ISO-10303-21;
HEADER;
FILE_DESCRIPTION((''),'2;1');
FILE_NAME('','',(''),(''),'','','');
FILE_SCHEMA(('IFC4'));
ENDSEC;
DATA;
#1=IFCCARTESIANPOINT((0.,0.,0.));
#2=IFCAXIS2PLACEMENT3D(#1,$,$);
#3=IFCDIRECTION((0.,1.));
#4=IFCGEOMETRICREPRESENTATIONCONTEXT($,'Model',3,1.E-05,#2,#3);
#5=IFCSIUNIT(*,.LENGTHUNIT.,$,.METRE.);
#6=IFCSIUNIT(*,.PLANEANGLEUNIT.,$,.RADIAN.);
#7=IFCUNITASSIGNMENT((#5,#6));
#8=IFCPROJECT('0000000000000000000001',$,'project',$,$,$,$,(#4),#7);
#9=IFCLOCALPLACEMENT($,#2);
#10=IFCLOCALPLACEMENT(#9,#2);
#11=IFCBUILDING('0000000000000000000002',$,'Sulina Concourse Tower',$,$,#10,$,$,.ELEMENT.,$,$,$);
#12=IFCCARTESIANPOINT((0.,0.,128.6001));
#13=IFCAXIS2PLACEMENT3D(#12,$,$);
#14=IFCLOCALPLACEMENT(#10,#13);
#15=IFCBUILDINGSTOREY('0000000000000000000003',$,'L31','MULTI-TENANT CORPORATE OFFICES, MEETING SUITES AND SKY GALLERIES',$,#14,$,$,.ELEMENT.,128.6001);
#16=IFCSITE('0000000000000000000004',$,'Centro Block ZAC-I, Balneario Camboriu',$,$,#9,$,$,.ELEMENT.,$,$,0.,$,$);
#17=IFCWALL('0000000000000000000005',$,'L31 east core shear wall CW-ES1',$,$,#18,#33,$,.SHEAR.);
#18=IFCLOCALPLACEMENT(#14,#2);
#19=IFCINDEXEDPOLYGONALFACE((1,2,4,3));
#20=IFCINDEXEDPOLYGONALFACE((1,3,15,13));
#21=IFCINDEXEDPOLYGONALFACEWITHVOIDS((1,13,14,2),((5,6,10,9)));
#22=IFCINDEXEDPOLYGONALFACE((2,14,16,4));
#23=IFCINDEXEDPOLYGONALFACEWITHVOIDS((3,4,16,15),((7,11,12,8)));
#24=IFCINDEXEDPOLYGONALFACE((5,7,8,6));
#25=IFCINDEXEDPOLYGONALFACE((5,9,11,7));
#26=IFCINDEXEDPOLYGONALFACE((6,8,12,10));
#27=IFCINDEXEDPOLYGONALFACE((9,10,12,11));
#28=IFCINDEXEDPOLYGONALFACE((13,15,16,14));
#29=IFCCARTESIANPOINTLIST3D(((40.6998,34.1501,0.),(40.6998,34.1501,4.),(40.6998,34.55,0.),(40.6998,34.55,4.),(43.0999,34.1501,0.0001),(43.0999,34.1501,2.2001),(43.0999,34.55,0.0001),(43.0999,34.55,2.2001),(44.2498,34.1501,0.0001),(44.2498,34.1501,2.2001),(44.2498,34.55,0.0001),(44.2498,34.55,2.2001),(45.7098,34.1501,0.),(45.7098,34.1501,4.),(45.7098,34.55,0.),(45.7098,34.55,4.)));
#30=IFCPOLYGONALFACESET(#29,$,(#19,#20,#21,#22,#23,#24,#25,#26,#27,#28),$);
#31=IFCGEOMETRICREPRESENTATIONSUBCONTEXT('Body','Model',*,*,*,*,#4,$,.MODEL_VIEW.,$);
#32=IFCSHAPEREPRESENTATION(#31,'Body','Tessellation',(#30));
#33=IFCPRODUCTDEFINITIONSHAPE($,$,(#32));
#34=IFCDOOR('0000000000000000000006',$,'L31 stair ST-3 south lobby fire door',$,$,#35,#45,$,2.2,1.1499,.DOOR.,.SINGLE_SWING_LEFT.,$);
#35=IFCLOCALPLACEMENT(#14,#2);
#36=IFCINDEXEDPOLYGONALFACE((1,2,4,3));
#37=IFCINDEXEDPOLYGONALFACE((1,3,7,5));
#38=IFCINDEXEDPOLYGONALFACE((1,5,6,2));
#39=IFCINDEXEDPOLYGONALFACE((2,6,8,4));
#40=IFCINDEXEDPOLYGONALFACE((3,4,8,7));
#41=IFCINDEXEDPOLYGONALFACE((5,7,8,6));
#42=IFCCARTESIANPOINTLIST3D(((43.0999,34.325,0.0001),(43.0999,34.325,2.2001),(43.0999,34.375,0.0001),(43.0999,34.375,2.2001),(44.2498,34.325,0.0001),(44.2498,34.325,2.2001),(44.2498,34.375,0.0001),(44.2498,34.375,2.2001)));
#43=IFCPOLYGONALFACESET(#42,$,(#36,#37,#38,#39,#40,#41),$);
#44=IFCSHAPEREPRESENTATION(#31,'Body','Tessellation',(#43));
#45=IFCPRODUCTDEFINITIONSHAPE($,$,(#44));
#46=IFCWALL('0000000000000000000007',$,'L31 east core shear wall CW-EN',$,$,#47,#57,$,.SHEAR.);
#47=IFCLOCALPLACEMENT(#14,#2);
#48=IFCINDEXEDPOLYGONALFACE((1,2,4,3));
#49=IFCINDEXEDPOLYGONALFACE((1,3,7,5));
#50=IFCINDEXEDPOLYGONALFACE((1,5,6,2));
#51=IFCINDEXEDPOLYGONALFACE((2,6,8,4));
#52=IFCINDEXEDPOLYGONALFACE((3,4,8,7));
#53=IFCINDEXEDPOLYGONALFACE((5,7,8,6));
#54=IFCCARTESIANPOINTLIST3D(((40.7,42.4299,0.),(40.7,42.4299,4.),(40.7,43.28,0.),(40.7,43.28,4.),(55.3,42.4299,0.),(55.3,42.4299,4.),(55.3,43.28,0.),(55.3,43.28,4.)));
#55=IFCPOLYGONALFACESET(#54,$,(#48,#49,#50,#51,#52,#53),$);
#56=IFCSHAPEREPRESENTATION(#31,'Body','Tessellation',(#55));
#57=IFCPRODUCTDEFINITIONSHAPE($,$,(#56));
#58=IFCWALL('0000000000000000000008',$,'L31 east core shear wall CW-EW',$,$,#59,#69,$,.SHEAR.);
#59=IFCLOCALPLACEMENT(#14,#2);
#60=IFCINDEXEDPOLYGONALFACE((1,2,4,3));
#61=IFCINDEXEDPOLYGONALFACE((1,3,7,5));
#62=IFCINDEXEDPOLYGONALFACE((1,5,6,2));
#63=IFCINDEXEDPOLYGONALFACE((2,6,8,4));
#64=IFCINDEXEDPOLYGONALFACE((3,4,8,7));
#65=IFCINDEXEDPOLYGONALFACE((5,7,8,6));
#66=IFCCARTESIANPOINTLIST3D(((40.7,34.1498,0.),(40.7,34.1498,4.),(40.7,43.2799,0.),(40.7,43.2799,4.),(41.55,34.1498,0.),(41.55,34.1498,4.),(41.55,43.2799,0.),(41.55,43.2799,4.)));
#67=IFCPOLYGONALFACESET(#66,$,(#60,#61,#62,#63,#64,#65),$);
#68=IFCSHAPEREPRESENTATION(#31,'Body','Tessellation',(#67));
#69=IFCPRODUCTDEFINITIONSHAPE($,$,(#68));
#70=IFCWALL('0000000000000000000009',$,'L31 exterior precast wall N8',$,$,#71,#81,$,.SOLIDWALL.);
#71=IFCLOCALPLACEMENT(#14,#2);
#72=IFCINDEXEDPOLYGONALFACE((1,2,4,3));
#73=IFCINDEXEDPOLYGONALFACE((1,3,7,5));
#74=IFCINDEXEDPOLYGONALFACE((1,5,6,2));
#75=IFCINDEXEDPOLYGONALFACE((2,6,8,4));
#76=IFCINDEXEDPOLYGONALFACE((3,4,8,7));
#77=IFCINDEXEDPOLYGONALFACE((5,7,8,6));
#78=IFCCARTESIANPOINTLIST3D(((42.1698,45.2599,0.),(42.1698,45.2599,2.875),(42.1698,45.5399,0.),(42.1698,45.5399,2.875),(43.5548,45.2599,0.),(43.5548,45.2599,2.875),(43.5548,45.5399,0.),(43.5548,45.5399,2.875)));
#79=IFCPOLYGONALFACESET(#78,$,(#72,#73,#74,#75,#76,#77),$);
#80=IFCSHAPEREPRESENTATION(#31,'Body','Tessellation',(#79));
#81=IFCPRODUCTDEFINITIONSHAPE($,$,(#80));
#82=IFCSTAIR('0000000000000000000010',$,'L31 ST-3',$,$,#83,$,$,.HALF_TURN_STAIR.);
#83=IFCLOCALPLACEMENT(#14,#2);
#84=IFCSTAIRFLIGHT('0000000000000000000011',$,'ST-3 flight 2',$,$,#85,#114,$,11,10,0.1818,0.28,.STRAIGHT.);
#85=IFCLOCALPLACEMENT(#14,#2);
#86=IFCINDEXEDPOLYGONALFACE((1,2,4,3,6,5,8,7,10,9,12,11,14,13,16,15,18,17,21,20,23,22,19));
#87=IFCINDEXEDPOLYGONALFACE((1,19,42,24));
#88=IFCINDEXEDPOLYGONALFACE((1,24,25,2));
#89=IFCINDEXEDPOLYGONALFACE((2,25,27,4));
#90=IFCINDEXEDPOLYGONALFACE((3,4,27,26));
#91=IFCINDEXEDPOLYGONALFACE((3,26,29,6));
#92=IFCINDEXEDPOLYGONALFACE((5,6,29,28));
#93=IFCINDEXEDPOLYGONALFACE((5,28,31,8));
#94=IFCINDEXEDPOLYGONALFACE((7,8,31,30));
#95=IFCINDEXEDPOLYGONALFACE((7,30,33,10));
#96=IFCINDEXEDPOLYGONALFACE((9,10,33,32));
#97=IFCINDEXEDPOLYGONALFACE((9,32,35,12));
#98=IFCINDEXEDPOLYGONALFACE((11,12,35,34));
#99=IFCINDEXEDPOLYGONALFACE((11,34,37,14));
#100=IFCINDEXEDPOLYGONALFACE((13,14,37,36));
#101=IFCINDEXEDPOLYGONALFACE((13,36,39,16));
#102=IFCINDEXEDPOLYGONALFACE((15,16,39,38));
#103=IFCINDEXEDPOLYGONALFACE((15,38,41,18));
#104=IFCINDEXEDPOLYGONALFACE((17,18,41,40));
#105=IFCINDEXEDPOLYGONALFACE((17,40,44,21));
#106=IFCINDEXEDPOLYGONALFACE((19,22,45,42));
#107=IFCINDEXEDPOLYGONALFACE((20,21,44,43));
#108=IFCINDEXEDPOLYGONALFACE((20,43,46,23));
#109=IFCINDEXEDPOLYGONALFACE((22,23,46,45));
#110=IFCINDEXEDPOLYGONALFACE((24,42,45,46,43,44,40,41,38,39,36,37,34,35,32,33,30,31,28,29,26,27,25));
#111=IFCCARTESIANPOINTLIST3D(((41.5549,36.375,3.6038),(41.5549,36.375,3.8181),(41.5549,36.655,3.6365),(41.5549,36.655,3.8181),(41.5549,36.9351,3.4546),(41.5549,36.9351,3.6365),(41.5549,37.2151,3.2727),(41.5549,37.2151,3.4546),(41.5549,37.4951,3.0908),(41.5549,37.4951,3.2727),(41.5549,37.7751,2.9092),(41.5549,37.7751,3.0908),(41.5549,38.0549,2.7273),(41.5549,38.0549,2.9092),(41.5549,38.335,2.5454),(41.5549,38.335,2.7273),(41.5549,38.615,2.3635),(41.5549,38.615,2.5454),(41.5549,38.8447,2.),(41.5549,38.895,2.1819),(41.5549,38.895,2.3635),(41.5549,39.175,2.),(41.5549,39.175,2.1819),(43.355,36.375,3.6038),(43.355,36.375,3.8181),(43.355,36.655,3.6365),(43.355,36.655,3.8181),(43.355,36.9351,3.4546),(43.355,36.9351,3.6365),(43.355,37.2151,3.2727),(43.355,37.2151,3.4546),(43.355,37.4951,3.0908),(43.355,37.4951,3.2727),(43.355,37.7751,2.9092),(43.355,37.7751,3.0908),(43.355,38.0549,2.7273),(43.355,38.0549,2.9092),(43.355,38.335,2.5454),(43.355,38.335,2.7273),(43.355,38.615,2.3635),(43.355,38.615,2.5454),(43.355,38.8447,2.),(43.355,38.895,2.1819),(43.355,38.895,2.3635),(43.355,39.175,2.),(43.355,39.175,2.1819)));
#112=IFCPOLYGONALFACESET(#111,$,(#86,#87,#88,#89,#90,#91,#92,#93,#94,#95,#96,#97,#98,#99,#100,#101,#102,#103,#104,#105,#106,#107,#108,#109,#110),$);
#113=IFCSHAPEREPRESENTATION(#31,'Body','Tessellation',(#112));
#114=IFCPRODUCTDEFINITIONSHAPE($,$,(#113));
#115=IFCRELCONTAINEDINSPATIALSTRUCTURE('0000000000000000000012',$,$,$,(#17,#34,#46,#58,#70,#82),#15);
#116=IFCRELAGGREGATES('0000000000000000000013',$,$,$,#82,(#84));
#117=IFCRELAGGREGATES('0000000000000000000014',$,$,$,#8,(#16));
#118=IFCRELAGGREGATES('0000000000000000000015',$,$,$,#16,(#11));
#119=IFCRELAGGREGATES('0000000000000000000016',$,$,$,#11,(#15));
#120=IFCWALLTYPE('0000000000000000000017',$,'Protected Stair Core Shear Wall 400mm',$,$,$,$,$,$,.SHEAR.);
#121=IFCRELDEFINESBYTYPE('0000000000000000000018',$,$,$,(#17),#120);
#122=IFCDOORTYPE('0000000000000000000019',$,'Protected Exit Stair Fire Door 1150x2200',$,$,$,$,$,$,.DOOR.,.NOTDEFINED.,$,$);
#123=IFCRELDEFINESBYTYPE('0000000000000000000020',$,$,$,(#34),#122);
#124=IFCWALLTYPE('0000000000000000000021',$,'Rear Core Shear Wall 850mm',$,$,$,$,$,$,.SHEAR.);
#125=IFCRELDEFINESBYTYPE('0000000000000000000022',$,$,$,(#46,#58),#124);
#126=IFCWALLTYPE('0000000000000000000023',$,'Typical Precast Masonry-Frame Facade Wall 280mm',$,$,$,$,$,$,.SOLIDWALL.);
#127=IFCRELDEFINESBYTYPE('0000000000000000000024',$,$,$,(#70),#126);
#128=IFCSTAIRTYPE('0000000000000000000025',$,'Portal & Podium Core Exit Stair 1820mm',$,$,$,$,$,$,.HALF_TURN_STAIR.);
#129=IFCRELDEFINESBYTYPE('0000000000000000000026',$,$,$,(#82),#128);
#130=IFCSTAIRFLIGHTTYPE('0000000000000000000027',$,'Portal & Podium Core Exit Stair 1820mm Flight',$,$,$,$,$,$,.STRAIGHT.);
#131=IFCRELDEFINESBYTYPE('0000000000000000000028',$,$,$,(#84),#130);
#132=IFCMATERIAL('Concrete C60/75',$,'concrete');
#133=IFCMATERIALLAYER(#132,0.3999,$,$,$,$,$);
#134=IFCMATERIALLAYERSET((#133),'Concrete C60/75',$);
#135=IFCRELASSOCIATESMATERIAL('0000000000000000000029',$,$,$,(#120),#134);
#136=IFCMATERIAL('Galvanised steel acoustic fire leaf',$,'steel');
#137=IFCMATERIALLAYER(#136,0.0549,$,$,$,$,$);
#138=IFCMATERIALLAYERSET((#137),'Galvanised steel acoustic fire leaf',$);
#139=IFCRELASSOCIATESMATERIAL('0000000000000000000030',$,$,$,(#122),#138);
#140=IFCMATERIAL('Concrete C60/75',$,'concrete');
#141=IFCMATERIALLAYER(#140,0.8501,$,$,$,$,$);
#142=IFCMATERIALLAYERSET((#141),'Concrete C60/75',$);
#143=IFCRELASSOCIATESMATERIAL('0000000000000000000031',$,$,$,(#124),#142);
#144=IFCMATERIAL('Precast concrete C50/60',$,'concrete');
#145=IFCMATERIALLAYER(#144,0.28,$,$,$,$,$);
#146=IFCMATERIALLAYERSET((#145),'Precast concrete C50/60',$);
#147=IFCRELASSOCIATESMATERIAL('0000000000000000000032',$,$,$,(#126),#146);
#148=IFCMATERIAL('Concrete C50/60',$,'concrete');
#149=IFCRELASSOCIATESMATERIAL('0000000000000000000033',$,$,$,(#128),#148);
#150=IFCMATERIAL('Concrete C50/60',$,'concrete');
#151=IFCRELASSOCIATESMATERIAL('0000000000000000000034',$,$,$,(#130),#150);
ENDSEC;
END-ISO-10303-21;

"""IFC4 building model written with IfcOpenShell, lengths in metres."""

from ifc_helpers import new_model, si_unit, direction, frame, frame_2d, origin, place, context, subcontext, project, spatial, polyline, rectangle, outline, extrude, material, layer, layer_set, type_object, element, fill, aggregate, save


model = new_model("IFC4")

# Units and contexts
model_context = context("Model", 3, precision=1e-05, world=origin(), true_north=direction((0.0, 1.0)))
body_context = subcontext(model_context, "Body", "Model", "MODEL_VIEW")
ifc_project = project(units=[si_unit("LENGTHUNIT", "METRE"), si_unit("PLANEANGLEUNIT", "RADIAN")], contexts=[model_context])

# Site, building, storey
site_placement = place(None, origin())
site = spatial("IfcSite", under=ifc_project, at=site_placement, Name="Centro Block ZAC-I, Balneario Camboriu", CompositionType="ELEMENT", RefElevation=0.0)
building_placement = place(site_placement, origin())
building = spatial("IfcBuilding", under=site, at=building_placement, Name="Sulina Concourse Tower", CompositionType="ELEMENT")
storey_placement = place(building_placement, frame((0.0, 0.0, 128.6001)))
storey = spatial("IfcBuildingStorey", under=building, at=storey_placement, Name="L31", Description="MULTI-TENANT CORPORATE OFFICES, MEETING SUITES AND SKY GALLERIES", CompositionType="ELEMENT", Elevation=128.6001)

# Wall, opening, door
ifc_material_1 = material(Name="Concrete C60/75", Category="concrete")
ifc_layer_1 = layer(ifc_material_1, 0.3999)
ifc_layer_set_1 = layer_set([ifc_layer_1], Name="Concrete C60/75")
wall_type_1 = type_object("IfcWallType", Name="Protected Stair Core Shear Wall 400mm", PredefinedType="SHEAR", material=ifc_layer_set_1)
wall_1_placement = place(storey_placement, frame((40.7, 34.3501, 0.0), z_axis=(0.0, 0.0, 1.0), x_axis=(1.0, 0.0, 0.0)))
wall_1 = element("IfcWall", 1, at=wall_1_placement, inside=storey, type_object=wall_type_1, Name="L31 east core shear wall CW-ES1", PredefinedType="SHEAR", context=body_context, shape_type="SweptSolid", body=[
    extrude(rectangle(XDim=5.01, YDim=0.3999, at=frame_2d((2.5049, 0.0))), origin(), (0.0, 0.0, 1.0), 4.0),
])
opening_placement = place(wall_1_placement, frame((2.3999, 0.0, 0.0)))
opening = element("IfcOpeningElement", 2, at=opening_placement, cuts=wall_1, PredefinedType="OPENING", context=body_context, shape_type="SweptSolid", body=[
    extrude(rectangle(XDim=1.1499, YDim=2.2, at=frame_2d((0.575, 1.1001))), frame((0.0, 0.21, 0.0), z_axis=(0.0, -1.0, 0.0), x_axis=(1.0, 0.0, 0.0)), (0.0, 0.0, 1.0), 0.4199),
])
ifc_material_2 = material(Name="Galvanised steel acoustic fire leaf", Category="steel")
ifc_layer_2 = layer(ifc_material_2, 0.0549)
ifc_layer_set_2 = layer_set([ifc_layer_2], Name="Galvanised steel acoustic fire leaf")
door_type = type_object("IfcDoorType", Name="Protected Exit Stair Fire Door 1150x2200", OperationType="NOTDEFINED", PredefinedType="DOOR", material=ifc_layer_set_2)
door_placement = place(opening_placement, origin())
door = element("IfcDoor", 3, at=door_placement, inside=storey, type_object=door_type, Name="L31 stair ST-3 south lobby fire door", OperationType="SINGLE_SWING_LEFT", OverallHeight=2.2, OverallWidth=1.1499, PredefinedType="DOOR", context=body_context, shape_type="SweptSolid", body=[
    extrude(rectangle(XDim=1.1499, YDim=2.2, at=frame_2d((0.575, 1.1001))), frame((0.0, 0.0249, 0.0), z_axis=(0.0, -1.0, 0.0), x_axis=(1.0, 0.0, 0.0)), (0.0, 0.0, 1.0), 0.05),
])
fill(opening, door)

# Walls
ifc_material_3 = material(Name="Concrete C60/75", Category="concrete")
ifc_layer_3 = layer(ifc_material_3, 0.8501)
ifc_layer_set_3 = layer_set([ifc_layer_3], Name="Concrete C60/75")
wall_type_2 = type_object("IfcWallType", Name="Rear Core Shear Wall 850mm", PredefinedType="SHEAR", material=ifc_layer_set_3)
wall_2_placement = place(storey_placement, frame((40.7, 42.855, 0.0), z_axis=(0.0, 0.0, 1.0), x_axis=(1.0, 0.0, 0.0)))
element("IfcWall", 4, at=wall_2_placement, inside=storey, type_object=wall_type_2, Name="L31 east core shear wall CW-EN", PredefinedType="SHEAR", context=body_context, shape_type="SweptSolid", body=[
    extrude(rectangle(XDim=14.6001, YDim=0.8501, at=frame_2d((7.3, 0.0))), origin(), (0.0, 0.0, 1.0), 4.0),
])
wall_3_placement = place(storey_placement, frame((41.125, 34.1499, 0.0), z_axis=(0.0, 0.0, 1.0), x_axis=(0.0, 1.0, 0.0)))
element("IfcWall", 5, at=wall_3_placement, inside=storey, type_object=wall_type_2, Name="L31 east core shear wall CW-EW", PredefinedType="SHEAR", context=body_context, shape_type="SweptSolid", body=[
    extrude(rectangle(XDim=9.1301, YDim=0.8501, at=frame_2d((4.5649, 0.0))), origin(), (0.0, 0.0, 1.0), 4.0),
])
ifc_material_4 = material(Name="Precast concrete C50/60", Category="concrete")
ifc_layer_4 = layer(ifc_material_4, 0.28)
ifc_layer_set_4 = layer_set([ifc_layer_4], Name="Precast concrete C50/60")
wall_type_3 = type_object("IfcWallType", Name="Typical Precast Masonry-Frame Facade Wall 280mm", PredefinedType="SOLIDWALL", material=ifc_layer_set_4)
wall_4_placement = place(storey_placement, frame((42.1699, 45.3999, 0.0), z_axis=(0.0, 0.0, 1.0), x_axis=(1.0, 0.0, 0.0)))
element("IfcWall", 6, at=wall_4_placement, inside=storey, type_object=wall_type_3, Name="L31 exterior precast wall N8", PredefinedType="SOLIDWALL", context=body_context, shape_type="SweptSolid", body=[
    extrude(rectangle(XDim=1.385, YDim=0.28, at=frame_2d((0.6924, 0.0))), origin(), (0.0, 0.0, 1.0), 2.875),
])

# Stair, stair flight
ifc_material_5 = material(Name="Concrete C50/60", Category="concrete")
stair_type = type_object("IfcStairType", Name="Portal & Podium Core Exit Stair 1820mm", PredefinedType="HALF_TURN_STAIR", material=ifc_material_5)
stair_placement = place(storey_placement, origin())
stair = element("IfcStair", 7, at=stair_placement, inside=storey, type_object=stair_type, Name="L31 ST-3", PredefinedType="HALF_TURN_STAIR")
ifc_material_6 = material(Name="Concrete C50/60", Category="concrete")
stair_flight_type = type_object("IfcStairFlightType", Name="Portal & Podium Core Exit Stair 1820mm Flight", PredefinedType="STRAIGHT", material=ifc_material_6)
stair_flight_placement = place(storey_placement, frame((42.4551, 39.175, 2.0), z_axis=(0.0, 0.0, 1.0), x_axis=(0.0, -1.0, 0.0)))
stair_flight = element("IfcStairFlight", 8, at=stair_flight_placement, type_object=stair_flight_type, Name="ST-3 flight 2", NumberOfRisers=11, NumberOfTreads=10, PredefinedType="STRAIGHT", RiserHeight=0.1818, TreadLength=0.28, context=body_context, shape_type="SweptSolid", body=[
    extrude(outline(polyline([(0.0, 0.0), (0.0, 0.1819), (0.28, 0.1819), (0.28, 0.3635), (0.5601, 0.3635), (0.5601, 0.5454), (0.8401, 0.5454), (0.8401, 0.7273), (1.1201, 0.7273), (1.1201, 0.9092), (1.3999, 0.9092), (1.3999, 1.0908), (1.6799, 1.0908), (1.6799, 1.2727), (1.96, 1.2727), (1.96, 1.4546), (2.24, 1.4546), (2.24, 1.6365), (2.52, 1.6365), (2.52, 1.8181), (2.8, 1.8181), (2.8, 2.0), (2.8, 1.6038), (0.3303, 0.0), (0.0, 0.0)])), frame((0.0, 0.8999, 0.0), z_axis=(0.0, -1.0, 0.0), x_axis=(1.0, 0.0, 0.0)), (0.0, 0.0, 1.0), 1.8),
])
aggregate(stair, [stair_flight])

save(model, "model.ifc")
